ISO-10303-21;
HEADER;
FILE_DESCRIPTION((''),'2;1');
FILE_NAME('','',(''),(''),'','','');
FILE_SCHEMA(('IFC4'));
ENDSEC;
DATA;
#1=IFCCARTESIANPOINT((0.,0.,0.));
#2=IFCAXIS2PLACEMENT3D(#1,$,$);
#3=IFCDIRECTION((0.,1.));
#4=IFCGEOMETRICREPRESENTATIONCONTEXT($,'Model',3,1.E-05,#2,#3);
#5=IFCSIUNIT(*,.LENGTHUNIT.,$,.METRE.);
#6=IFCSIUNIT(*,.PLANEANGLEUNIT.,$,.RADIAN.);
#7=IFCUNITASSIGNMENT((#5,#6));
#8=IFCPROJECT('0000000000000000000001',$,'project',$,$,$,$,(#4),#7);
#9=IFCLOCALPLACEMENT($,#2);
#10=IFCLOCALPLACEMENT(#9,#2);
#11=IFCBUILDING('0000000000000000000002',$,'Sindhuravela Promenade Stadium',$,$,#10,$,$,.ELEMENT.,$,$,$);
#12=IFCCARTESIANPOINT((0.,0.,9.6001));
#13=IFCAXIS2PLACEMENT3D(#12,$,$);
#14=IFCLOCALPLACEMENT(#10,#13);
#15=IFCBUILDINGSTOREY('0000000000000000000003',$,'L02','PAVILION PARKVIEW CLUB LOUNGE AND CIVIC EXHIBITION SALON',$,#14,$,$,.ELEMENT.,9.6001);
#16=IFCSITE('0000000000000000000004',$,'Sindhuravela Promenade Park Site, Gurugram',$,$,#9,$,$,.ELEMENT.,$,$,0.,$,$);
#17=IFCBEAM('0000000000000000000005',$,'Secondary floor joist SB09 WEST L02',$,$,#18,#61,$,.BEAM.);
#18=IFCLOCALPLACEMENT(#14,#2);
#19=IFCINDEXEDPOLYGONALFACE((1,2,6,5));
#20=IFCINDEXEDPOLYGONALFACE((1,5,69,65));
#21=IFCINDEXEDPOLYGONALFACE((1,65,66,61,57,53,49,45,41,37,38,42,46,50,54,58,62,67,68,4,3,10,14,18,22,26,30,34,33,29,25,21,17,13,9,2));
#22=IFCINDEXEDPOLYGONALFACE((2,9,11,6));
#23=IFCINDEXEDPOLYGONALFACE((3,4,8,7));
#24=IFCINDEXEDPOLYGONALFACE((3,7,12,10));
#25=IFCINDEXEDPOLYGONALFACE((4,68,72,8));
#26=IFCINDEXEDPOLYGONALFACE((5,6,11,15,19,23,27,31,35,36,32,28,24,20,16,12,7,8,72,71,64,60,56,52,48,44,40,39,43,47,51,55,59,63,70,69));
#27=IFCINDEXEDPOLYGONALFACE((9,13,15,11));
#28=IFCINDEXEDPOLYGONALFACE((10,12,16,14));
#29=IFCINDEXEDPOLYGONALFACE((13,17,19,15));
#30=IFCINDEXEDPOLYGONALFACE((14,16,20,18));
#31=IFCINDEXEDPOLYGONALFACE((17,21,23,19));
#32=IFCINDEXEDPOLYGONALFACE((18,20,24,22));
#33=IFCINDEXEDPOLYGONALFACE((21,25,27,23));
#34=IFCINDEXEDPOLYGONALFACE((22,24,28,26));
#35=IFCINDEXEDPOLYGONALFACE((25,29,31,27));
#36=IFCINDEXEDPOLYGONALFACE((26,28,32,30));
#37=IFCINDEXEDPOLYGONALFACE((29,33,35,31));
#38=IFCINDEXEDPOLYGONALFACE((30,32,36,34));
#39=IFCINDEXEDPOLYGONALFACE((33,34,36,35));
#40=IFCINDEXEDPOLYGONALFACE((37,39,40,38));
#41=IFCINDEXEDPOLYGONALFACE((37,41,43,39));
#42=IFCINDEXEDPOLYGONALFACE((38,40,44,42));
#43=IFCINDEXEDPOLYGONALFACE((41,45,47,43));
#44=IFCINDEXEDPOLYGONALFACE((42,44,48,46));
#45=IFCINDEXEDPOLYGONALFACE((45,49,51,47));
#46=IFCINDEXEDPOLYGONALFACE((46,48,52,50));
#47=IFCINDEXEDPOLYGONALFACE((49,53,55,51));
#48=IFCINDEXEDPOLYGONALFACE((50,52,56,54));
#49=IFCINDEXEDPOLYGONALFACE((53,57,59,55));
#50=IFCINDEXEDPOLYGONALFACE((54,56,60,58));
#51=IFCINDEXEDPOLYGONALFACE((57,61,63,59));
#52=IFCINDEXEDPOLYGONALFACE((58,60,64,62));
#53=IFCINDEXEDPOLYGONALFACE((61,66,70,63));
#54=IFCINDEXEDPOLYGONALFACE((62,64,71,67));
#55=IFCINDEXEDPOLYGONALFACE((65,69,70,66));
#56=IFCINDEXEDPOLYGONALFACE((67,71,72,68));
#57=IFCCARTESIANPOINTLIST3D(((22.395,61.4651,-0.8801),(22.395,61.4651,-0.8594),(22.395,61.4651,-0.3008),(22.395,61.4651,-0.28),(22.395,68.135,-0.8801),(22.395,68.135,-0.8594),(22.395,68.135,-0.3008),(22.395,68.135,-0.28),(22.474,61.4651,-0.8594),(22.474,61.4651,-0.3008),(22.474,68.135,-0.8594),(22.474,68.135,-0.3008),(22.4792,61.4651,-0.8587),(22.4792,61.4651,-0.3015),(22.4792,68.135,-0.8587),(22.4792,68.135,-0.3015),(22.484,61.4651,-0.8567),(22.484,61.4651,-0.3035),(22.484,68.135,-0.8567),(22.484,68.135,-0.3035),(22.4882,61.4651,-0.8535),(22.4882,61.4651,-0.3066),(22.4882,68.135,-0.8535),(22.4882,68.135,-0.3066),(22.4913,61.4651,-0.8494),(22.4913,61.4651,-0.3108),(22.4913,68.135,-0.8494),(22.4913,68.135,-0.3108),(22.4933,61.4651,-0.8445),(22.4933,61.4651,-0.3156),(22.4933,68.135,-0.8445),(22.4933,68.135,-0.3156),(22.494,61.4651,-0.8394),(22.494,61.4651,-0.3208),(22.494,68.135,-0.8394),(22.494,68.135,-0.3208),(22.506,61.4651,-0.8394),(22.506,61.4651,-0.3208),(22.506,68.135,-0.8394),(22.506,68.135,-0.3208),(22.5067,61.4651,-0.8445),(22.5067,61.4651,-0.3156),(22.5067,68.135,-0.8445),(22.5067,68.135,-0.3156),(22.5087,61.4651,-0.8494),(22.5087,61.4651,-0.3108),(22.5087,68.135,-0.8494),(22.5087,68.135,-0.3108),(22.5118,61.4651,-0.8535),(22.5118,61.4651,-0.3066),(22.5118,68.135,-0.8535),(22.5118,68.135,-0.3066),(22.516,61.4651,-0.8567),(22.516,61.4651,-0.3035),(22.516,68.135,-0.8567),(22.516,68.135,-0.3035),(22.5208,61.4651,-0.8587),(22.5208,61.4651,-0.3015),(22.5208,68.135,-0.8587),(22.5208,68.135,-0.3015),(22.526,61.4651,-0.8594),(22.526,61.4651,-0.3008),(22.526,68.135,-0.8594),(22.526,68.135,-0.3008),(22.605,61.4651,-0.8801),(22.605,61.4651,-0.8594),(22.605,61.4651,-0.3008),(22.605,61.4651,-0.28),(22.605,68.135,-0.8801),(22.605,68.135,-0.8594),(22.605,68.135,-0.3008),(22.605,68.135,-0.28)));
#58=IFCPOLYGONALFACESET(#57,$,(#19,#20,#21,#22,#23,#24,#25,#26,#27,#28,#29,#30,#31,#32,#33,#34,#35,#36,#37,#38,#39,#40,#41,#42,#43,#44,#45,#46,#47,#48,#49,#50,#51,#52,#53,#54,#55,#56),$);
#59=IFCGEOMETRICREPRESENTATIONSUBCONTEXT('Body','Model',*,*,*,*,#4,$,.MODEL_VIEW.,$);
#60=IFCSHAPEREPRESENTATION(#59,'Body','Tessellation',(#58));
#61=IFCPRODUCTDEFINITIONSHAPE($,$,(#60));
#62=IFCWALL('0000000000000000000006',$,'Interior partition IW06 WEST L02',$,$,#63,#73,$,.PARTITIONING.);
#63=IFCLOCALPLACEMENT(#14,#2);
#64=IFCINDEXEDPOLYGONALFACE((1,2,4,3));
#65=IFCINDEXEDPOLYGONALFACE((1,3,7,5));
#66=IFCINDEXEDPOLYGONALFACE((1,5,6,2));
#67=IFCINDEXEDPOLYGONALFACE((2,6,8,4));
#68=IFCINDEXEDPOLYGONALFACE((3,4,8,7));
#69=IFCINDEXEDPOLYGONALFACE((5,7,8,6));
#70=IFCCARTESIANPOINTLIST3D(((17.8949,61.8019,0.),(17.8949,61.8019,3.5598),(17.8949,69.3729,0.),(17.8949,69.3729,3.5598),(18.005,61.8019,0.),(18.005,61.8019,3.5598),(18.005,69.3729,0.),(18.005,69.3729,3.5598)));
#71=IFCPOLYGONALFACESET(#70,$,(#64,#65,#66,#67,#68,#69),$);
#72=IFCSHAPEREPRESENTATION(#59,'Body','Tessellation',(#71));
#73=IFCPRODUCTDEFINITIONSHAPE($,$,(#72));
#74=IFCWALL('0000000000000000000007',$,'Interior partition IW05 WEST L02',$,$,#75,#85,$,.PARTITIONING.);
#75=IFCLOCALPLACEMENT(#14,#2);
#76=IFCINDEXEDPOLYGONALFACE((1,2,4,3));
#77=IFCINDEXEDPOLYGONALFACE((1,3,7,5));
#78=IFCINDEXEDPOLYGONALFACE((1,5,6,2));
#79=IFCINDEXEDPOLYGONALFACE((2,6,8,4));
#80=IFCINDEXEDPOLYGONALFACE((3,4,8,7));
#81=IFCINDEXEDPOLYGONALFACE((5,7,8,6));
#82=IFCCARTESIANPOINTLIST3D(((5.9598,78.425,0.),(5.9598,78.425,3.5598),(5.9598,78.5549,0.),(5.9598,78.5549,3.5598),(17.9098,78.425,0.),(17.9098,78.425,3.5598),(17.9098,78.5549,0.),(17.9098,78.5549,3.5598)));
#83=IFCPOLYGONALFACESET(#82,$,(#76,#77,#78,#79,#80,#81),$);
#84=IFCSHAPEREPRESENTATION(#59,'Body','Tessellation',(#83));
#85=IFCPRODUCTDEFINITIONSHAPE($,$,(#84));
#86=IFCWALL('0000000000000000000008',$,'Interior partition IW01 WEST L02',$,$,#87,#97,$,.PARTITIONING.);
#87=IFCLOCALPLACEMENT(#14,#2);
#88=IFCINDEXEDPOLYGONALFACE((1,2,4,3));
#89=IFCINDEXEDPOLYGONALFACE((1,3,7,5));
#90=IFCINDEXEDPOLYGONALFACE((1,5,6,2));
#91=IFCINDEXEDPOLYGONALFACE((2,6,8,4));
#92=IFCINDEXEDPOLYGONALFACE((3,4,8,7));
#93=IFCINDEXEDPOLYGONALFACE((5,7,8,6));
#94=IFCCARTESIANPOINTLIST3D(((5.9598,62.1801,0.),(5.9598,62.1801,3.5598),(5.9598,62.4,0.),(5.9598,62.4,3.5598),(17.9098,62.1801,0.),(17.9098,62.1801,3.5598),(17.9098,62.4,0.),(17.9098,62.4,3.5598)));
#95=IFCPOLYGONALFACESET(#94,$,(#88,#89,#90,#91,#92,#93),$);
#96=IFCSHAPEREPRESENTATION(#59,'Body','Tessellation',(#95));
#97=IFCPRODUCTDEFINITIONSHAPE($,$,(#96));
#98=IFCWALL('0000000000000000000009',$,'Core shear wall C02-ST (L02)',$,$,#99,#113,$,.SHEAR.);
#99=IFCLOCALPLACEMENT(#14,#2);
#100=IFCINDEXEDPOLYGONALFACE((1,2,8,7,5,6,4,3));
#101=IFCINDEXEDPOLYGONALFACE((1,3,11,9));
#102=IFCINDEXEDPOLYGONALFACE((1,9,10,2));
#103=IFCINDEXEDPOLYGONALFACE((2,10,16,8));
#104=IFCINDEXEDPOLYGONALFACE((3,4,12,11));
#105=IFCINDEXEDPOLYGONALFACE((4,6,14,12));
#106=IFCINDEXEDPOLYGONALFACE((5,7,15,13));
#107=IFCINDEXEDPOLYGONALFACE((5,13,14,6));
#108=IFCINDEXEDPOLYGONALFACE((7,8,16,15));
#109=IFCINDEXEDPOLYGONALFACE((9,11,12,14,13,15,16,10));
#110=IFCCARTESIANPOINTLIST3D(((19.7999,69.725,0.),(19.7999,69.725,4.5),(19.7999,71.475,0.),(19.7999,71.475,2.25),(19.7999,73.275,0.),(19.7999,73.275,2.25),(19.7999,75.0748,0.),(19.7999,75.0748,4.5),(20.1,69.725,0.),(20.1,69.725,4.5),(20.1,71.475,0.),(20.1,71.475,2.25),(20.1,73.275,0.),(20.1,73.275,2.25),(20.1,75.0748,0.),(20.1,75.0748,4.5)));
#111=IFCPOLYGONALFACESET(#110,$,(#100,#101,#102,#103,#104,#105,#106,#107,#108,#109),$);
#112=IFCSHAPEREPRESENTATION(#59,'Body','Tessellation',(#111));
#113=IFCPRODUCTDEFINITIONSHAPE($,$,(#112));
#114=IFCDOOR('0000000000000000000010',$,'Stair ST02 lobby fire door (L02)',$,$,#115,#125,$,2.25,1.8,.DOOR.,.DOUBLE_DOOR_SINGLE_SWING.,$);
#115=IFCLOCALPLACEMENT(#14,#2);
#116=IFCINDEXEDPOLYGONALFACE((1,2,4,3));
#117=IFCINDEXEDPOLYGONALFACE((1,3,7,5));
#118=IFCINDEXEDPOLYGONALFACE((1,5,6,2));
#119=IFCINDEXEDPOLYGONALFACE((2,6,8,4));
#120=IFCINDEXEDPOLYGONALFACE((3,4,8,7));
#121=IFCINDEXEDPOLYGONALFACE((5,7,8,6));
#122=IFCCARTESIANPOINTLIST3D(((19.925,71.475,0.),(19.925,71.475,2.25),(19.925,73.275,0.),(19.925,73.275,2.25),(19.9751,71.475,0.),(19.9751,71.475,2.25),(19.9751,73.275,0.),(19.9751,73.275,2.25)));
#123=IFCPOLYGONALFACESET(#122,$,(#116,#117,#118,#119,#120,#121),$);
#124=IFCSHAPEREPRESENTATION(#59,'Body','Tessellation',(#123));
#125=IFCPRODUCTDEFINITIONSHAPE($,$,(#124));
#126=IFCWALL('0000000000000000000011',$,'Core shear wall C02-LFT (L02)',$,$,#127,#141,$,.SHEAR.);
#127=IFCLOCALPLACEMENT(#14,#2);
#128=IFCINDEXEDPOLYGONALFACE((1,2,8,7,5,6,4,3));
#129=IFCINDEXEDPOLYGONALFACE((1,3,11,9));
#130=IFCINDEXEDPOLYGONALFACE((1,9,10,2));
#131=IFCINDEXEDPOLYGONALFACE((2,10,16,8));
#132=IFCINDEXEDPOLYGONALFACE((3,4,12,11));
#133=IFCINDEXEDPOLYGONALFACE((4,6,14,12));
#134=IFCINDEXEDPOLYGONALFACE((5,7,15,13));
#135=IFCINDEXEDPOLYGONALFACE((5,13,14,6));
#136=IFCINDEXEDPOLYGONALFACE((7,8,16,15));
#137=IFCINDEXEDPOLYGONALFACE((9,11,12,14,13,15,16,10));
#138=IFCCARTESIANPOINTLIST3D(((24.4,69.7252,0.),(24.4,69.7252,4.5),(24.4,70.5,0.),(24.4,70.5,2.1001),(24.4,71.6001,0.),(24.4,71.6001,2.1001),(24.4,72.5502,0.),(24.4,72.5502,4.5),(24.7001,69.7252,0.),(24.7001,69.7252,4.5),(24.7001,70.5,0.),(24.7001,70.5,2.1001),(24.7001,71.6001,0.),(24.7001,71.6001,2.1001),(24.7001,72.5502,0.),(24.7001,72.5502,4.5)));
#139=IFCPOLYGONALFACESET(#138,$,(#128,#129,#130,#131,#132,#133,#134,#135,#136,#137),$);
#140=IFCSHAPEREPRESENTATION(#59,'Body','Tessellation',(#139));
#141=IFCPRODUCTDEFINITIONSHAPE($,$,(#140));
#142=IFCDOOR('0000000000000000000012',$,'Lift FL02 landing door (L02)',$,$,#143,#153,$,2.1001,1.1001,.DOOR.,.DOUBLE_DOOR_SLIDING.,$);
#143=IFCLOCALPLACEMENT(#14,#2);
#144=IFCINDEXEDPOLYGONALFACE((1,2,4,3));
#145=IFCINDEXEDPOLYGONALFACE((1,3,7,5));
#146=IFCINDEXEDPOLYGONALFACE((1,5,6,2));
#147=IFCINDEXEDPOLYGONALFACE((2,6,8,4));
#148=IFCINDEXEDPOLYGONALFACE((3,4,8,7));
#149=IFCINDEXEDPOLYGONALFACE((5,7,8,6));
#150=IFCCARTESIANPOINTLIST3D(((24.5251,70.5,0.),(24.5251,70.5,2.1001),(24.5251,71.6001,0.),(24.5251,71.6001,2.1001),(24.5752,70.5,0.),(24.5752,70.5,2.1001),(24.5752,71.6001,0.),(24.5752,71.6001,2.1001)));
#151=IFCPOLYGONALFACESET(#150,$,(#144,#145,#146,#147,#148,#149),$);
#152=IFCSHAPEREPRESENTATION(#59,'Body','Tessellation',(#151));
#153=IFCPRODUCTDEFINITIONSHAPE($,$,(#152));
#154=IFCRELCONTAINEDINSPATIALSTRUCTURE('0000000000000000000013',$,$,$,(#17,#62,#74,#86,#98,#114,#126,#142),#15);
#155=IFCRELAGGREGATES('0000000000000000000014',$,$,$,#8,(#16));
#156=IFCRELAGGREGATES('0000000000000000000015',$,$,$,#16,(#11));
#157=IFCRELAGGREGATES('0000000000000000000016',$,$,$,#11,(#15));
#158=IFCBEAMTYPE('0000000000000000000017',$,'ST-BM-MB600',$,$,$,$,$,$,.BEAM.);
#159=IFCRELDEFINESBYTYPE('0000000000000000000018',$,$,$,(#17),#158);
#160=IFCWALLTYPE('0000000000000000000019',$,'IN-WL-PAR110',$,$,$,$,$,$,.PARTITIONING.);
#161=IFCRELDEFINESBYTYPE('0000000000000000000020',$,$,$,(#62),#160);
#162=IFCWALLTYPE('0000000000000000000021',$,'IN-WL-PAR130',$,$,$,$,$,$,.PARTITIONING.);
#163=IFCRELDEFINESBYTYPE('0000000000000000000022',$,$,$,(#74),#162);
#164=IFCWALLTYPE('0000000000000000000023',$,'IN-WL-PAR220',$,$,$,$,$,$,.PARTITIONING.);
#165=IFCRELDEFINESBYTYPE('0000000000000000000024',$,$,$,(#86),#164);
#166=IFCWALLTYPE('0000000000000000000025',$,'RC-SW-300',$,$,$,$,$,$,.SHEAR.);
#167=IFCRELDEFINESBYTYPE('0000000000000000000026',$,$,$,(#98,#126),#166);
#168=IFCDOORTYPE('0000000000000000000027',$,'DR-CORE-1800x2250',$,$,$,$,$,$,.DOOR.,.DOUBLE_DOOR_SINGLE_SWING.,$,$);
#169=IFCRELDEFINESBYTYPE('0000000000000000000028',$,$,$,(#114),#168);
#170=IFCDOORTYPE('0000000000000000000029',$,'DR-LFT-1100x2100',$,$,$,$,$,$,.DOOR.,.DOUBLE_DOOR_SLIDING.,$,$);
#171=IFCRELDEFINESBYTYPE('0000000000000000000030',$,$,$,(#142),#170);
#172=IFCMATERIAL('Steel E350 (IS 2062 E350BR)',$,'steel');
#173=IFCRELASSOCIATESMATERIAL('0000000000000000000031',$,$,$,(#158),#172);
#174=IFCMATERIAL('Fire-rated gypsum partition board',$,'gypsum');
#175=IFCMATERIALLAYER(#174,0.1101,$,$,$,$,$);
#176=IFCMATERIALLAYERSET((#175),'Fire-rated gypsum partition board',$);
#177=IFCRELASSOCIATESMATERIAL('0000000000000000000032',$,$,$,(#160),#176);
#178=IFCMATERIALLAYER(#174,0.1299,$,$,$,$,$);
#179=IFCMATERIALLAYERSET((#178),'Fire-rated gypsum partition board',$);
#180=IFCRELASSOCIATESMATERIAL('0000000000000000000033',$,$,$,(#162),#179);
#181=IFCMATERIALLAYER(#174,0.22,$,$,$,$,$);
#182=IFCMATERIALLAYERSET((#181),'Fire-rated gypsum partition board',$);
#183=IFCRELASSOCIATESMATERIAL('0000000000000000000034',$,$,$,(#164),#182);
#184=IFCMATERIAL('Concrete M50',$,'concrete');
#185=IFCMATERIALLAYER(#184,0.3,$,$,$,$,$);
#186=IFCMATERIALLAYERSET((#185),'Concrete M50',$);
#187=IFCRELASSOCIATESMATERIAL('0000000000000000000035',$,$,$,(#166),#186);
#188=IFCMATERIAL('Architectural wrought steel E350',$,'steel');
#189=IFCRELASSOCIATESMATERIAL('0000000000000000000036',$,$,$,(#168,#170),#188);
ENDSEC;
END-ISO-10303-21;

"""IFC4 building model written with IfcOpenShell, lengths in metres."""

from ifc_helpers import new_model, si_unit, direction, frame, frame_2d, origin, origin_2d, place, context, subcontext, project, spatial, rectangle, i_section, extrude, material, layer, layer_set, material_profile, profile_set, type_object, element, fill, save


model = new_model("IFC4")

# Units and contexts
model_context = context("Model", 3, precision=1e-05, world=origin(), true_north=direction((0.0, 1.0)))
body_context = subcontext(model_context, "Body", "Model", "MODEL_VIEW")
ifc_project = project(units=[si_unit("LENGTHUNIT", "METRE"), si_unit("PLANEANGLEUNIT", "RADIAN")], contexts=[model_context])

# Site, building, storey
site_placement = place(None, origin())
site = spatial("IfcSite", under=ifc_project, at=site_placement, Name="Sindhuravela Promenade Park Site, Gurugram", CompositionType="ELEMENT", RefElevation=0.0)
building_placement = place(site_placement, origin())
building = spatial("IfcBuilding", under=site, at=building_placement, Name="Sindhuravela Promenade Stadium", CompositionType="ELEMENT")
storey_placement = place(building_placement, frame((0.0, 0.0, 9.6001)))
storey = spatial("IfcBuildingStorey", under=building, at=storey_placement, Name="L02", Description="PAVILION PARKVIEW CLUB LOUNGE AND CIVIC EXHIBITION SALON", CompositionType="ELEMENT", Elevation=9.6001)

# Shared definitions
ifc_material_1 = material(Name="Concrete M50", Category="concrete")

# Beam
ifc_material_2 = material(Name="Steel E350 (IS 2062 E350BR)", Category="steel")
ifc_material_profile_1 = material_profile(ifc_material_2, i_section(OverallWidth=0.21, OverallDepth=0.6001, WebThickness=0.012, FlangeThickness=0.0208, FilletRadius=0.02, at=origin_2d()), Name="ISMB 600")
ifc_profile_set_1 = profile_set([ifc_material_profile_1], Name="Steel E350 (IS 2062 E350BR)")
beam_type_1 = type_object("IfcBeamType", Name="ST-BM-MB600", PredefinedType="BEAM", material=ifc_profile_set_1)
beam_1_placement = place(storey_placement, frame((22.5, 61.4651, -0.5801), z_axis=(0.0, 1.0, 0.0), x_axis=(-1.0, 0.0, 0.0)))
element("IfcBeam", 1, at=beam_1_placement, inside=storey, type_object=beam_type_1, Name="Secondary floor joist SB09 WEST L02", PredefinedType="BEAM", context=body_context, shape_type="SweptSolid", body=[
    extrude(i_section(OverallWidth=0.21, OverallDepth=0.6001, WebThickness=0.012, FlangeThickness=0.0208, FilletRadius=0.02, at=origin_2d()), origin(), (0.0, 0.0, 1.0), 6.6699),
])

# Walls
ifc_material_3 = material(Name="Fire-rated gypsum partition board", Category="gypsum")
ifc_layer_1 = layer(ifc_material_3, 0.1101)
ifc_layer_set_1 = layer_set([ifc_layer_1], Name="Fire-rated gypsum partition board")
wall_type_1 = type_object("IfcWallType", Name="IN-WL-PAR110", PredefinedType="PARTITIONING", material=ifc_layer_set_1)
wall_1_placement = place(storey_placement, frame((17.95, 69.373, 0.0), z_axis=(0.0, 0.0, 1.0), x_axis=(0.0, -1.0, 0.0)))
element("IfcWall", 2, at=wall_1_placement, inside=storey, type_object=wall_type_1, Name="Interior partition IW06 WEST L02", PredefinedType="PARTITIONING", context=body_context, shape_type="SweptSolid", body=[
    extrude(rectangle(XDim=7.571, YDim=0.1101, at=frame_2d((3.7856, 0.0))), origin(), (0.0, 0.0, 1.0), 3.5598),
])
ifc_layer_2 = layer(ifc_material_3, 0.1299)
ifc_layer_set_2 = layer_set([ifc_layer_2], Name="Fire-rated gypsum partition board")
wall_type_2 = type_object("IfcWallType", Name="IN-WL-PAR130", PredefinedType="PARTITIONING", material=ifc_layer_set_2)
wall_2_placement = place(storey_placement, frame((17.9099, 78.49, 0.0), z_axis=(0.0, 0.0, 1.0), x_axis=(-1.0, 0.0, 0.0)))
element("IfcWall", 3, at=wall_2_placement, inside=storey, type_object=wall_type_2, Name="Interior partition IW05 WEST L02", PredefinedType="PARTITIONING", context=body_context, shape_type="SweptSolid", body=[
    extrude(rectangle(XDim=11.95, YDim=0.1299, at=frame_2d((5.9751, 0.0))), origin(), (0.0, 0.0, 1.0), 3.5598),
])
ifc_layer_3 = layer(ifc_material_3, 0.22)
ifc_layer_set_3 = layer_set([ifc_layer_3], Name="Fire-rated gypsum partition board")
wall_type_3 = type_object("IfcWallType", Name="IN-WL-PAR220", PredefinedType="PARTITIONING", material=ifc_layer_set_3)
wall_3_placement = place(storey_placement, frame((17.9099, 62.29, 0.0), z_axis=(0.0, 0.0, 1.0), x_axis=(-1.0, 0.0, 0.0)))
element("IfcWall", 4, at=wall_3_placement, inside=storey, type_object=wall_type_3, Name="Interior partition IW01 WEST L02", PredefinedType="PARTITIONING", context=body_context, shape_type="SweptSolid", body=[
    extrude(rectangle(XDim=11.95, YDim=0.22, at=frame_2d((5.9751, 0.0))), origin(), (0.0, 0.0, 1.0), 3.5598),
])

# Walls, openings, doors
ifc_layer_4 = layer(ifc_material_1, 0.3)
ifc_layer_set_4 = layer_set([ifc_layer_4], Name="Concrete M50")
wall_type_4 = type_object("IfcWallType", Name="RC-SW-300", PredefinedType="SHEAR", material=ifc_layer_set_4)
wall_4_placement = place(storey_placement, frame((19.95, 69.7251, 0.0), z_axis=(0.0, 0.0, 1.0), x_axis=(0.0, 1.0, 0.0)))
wall_4 = element("IfcWall", 5, at=wall_4_placement, inside=storey, type_object=wall_type_4, Name="Core shear wall C02-ST (L02)", PredefinedType="SHEAR", context=body_context, shape_type="SweptSolid", body=[
    extrude(rectangle(XDim=5.3499, YDim=0.3, at=frame_2d((2.6748, 0.0))), origin(), (0.0, 0.0, 1.0), 4.5),
])
opening_1_placement = place(wall_4_placement, frame((1.75, 0.0, 0.0)))
opening_1 = element("IfcOpeningElement", 6, at=opening_1_placement, cuts=wall_4, PredefinedType="OPENING", context=body_context, shape_type="SweptSolid", body=[
    extrude(rectangle(XDim=1.8, YDim=2.25, at=frame_2d((0.8999, 1.125))), frame((0.0, 0.1599, 0.0), z_axis=(0.0, -1.0, 0.0), x_axis=(1.0, 0.0, 0.0)), (0.0, 0.0, 1.0), 0.3201),
])
ifc_material_4 = material(Name="Architectural wrought steel E350", Category="steel")
door_type_1 = type_object("IfcDoorType", Name="DR-CORE-1800x2250", OperationType="DOUBLE_DOOR_SINGLE_SWING", PredefinedType="DOOR", material=ifc_material_4)
door_1_placement = place(opening_1_placement, origin())
door_1 = element("IfcDoor", 7, at=door_1_placement, inside=storey, type_object=door_type_1, Name="Stair ST02 lobby fire door (L02)", OperationType="DOUBLE_DOOR_SINGLE_SWING", OverallHeight=2.25, OverallWidth=1.8, PredefinedType="DOOR", context=body_context, shape_type="SweptSolid", body=[
    extrude(rectangle(XDim=1.8, YDim=2.25, at=frame_2d((0.8999, 1.125))), frame((0.0, 0.0249, 0.0), z_axis=(0.0, -1.0, 0.0), x_axis=(1.0, 0.0, 0.0)), (0.0, 0.0, 1.0), 0.05),
])
fill(opening_1, door_1)
wall_5_placement = place(storey_placement, frame((24.55, 69.7251, 0.0), z_axis=(0.0, 0.0, 1.0), x_axis=(0.0, 1.0, 0.0)))
wall_5 = element("IfcWall", 8, at=wall_5_placement, inside=storey, type_object=wall_type_4, Name="Core shear wall C02-LFT (L02)", PredefinedType="SHEAR", context=body_context, shape_type="SweptSolid", body=[
    extrude(rectangle(XDim=2.825, YDim=0.3, at=frame_2d((1.4126, 0.0))), origin(), (0.0, 0.0, 1.0), 4.5),
])
opening_2_placement = place(wall_5_placement, frame((0.7749, 0.0, 0.0)))
opening_2 = element("IfcOpeningElement", 9, at=opening_2_placement, cuts=wall_5, PredefinedType="OPENING", context=body_context, shape_type="SweptSolid", body=[
    extrude(rectangle(XDim=1.1001, YDim=2.1001, at=frame_2d((0.55, 1.05))), frame((0.0, 0.1599, 0.0), z_axis=(0.0, -1.0, 0.0), x_axis=(1.0, 0.0, 0.0)), (0.0, 0.0, 1.0), 0.3201),
])
door_type_2 = type_object("IfcDoorType", Name="DR-LFT-1100x2100", OperationType="DOUBLE_DOOR_SLIDING", PredefinedType="DOOR", material=ifc_material_4)
door_2_placement = place(opening_2_placement, origin())
door_2 = element("IfcDoor", 10, at=door_2_placement, inside=storey, type_object=door_type_2, Name="Lift FL02 landing door (L02)", OperationType="DOUBLE_DOOR_SLIDING", OverallHeight=2.1001, OverallWidth=1.1001, PredefinedType="DOOR", context=body_context, shape_type="SweptSolid", body=[
    extrude(rectangle(XDim=1.1001, YDim=2.1001, at=frame_2d((0.55, 1.05))), frame((0.0, 0.0249, 0.0), z_axis=(0.0, -1.0, 0.0), x_axis=(1.0, 0.0, 0.0)), (0.0, 0.0, 1.0), 0.05),
])
fill(opening_2, door_2)

save(model, "model.ifc")
